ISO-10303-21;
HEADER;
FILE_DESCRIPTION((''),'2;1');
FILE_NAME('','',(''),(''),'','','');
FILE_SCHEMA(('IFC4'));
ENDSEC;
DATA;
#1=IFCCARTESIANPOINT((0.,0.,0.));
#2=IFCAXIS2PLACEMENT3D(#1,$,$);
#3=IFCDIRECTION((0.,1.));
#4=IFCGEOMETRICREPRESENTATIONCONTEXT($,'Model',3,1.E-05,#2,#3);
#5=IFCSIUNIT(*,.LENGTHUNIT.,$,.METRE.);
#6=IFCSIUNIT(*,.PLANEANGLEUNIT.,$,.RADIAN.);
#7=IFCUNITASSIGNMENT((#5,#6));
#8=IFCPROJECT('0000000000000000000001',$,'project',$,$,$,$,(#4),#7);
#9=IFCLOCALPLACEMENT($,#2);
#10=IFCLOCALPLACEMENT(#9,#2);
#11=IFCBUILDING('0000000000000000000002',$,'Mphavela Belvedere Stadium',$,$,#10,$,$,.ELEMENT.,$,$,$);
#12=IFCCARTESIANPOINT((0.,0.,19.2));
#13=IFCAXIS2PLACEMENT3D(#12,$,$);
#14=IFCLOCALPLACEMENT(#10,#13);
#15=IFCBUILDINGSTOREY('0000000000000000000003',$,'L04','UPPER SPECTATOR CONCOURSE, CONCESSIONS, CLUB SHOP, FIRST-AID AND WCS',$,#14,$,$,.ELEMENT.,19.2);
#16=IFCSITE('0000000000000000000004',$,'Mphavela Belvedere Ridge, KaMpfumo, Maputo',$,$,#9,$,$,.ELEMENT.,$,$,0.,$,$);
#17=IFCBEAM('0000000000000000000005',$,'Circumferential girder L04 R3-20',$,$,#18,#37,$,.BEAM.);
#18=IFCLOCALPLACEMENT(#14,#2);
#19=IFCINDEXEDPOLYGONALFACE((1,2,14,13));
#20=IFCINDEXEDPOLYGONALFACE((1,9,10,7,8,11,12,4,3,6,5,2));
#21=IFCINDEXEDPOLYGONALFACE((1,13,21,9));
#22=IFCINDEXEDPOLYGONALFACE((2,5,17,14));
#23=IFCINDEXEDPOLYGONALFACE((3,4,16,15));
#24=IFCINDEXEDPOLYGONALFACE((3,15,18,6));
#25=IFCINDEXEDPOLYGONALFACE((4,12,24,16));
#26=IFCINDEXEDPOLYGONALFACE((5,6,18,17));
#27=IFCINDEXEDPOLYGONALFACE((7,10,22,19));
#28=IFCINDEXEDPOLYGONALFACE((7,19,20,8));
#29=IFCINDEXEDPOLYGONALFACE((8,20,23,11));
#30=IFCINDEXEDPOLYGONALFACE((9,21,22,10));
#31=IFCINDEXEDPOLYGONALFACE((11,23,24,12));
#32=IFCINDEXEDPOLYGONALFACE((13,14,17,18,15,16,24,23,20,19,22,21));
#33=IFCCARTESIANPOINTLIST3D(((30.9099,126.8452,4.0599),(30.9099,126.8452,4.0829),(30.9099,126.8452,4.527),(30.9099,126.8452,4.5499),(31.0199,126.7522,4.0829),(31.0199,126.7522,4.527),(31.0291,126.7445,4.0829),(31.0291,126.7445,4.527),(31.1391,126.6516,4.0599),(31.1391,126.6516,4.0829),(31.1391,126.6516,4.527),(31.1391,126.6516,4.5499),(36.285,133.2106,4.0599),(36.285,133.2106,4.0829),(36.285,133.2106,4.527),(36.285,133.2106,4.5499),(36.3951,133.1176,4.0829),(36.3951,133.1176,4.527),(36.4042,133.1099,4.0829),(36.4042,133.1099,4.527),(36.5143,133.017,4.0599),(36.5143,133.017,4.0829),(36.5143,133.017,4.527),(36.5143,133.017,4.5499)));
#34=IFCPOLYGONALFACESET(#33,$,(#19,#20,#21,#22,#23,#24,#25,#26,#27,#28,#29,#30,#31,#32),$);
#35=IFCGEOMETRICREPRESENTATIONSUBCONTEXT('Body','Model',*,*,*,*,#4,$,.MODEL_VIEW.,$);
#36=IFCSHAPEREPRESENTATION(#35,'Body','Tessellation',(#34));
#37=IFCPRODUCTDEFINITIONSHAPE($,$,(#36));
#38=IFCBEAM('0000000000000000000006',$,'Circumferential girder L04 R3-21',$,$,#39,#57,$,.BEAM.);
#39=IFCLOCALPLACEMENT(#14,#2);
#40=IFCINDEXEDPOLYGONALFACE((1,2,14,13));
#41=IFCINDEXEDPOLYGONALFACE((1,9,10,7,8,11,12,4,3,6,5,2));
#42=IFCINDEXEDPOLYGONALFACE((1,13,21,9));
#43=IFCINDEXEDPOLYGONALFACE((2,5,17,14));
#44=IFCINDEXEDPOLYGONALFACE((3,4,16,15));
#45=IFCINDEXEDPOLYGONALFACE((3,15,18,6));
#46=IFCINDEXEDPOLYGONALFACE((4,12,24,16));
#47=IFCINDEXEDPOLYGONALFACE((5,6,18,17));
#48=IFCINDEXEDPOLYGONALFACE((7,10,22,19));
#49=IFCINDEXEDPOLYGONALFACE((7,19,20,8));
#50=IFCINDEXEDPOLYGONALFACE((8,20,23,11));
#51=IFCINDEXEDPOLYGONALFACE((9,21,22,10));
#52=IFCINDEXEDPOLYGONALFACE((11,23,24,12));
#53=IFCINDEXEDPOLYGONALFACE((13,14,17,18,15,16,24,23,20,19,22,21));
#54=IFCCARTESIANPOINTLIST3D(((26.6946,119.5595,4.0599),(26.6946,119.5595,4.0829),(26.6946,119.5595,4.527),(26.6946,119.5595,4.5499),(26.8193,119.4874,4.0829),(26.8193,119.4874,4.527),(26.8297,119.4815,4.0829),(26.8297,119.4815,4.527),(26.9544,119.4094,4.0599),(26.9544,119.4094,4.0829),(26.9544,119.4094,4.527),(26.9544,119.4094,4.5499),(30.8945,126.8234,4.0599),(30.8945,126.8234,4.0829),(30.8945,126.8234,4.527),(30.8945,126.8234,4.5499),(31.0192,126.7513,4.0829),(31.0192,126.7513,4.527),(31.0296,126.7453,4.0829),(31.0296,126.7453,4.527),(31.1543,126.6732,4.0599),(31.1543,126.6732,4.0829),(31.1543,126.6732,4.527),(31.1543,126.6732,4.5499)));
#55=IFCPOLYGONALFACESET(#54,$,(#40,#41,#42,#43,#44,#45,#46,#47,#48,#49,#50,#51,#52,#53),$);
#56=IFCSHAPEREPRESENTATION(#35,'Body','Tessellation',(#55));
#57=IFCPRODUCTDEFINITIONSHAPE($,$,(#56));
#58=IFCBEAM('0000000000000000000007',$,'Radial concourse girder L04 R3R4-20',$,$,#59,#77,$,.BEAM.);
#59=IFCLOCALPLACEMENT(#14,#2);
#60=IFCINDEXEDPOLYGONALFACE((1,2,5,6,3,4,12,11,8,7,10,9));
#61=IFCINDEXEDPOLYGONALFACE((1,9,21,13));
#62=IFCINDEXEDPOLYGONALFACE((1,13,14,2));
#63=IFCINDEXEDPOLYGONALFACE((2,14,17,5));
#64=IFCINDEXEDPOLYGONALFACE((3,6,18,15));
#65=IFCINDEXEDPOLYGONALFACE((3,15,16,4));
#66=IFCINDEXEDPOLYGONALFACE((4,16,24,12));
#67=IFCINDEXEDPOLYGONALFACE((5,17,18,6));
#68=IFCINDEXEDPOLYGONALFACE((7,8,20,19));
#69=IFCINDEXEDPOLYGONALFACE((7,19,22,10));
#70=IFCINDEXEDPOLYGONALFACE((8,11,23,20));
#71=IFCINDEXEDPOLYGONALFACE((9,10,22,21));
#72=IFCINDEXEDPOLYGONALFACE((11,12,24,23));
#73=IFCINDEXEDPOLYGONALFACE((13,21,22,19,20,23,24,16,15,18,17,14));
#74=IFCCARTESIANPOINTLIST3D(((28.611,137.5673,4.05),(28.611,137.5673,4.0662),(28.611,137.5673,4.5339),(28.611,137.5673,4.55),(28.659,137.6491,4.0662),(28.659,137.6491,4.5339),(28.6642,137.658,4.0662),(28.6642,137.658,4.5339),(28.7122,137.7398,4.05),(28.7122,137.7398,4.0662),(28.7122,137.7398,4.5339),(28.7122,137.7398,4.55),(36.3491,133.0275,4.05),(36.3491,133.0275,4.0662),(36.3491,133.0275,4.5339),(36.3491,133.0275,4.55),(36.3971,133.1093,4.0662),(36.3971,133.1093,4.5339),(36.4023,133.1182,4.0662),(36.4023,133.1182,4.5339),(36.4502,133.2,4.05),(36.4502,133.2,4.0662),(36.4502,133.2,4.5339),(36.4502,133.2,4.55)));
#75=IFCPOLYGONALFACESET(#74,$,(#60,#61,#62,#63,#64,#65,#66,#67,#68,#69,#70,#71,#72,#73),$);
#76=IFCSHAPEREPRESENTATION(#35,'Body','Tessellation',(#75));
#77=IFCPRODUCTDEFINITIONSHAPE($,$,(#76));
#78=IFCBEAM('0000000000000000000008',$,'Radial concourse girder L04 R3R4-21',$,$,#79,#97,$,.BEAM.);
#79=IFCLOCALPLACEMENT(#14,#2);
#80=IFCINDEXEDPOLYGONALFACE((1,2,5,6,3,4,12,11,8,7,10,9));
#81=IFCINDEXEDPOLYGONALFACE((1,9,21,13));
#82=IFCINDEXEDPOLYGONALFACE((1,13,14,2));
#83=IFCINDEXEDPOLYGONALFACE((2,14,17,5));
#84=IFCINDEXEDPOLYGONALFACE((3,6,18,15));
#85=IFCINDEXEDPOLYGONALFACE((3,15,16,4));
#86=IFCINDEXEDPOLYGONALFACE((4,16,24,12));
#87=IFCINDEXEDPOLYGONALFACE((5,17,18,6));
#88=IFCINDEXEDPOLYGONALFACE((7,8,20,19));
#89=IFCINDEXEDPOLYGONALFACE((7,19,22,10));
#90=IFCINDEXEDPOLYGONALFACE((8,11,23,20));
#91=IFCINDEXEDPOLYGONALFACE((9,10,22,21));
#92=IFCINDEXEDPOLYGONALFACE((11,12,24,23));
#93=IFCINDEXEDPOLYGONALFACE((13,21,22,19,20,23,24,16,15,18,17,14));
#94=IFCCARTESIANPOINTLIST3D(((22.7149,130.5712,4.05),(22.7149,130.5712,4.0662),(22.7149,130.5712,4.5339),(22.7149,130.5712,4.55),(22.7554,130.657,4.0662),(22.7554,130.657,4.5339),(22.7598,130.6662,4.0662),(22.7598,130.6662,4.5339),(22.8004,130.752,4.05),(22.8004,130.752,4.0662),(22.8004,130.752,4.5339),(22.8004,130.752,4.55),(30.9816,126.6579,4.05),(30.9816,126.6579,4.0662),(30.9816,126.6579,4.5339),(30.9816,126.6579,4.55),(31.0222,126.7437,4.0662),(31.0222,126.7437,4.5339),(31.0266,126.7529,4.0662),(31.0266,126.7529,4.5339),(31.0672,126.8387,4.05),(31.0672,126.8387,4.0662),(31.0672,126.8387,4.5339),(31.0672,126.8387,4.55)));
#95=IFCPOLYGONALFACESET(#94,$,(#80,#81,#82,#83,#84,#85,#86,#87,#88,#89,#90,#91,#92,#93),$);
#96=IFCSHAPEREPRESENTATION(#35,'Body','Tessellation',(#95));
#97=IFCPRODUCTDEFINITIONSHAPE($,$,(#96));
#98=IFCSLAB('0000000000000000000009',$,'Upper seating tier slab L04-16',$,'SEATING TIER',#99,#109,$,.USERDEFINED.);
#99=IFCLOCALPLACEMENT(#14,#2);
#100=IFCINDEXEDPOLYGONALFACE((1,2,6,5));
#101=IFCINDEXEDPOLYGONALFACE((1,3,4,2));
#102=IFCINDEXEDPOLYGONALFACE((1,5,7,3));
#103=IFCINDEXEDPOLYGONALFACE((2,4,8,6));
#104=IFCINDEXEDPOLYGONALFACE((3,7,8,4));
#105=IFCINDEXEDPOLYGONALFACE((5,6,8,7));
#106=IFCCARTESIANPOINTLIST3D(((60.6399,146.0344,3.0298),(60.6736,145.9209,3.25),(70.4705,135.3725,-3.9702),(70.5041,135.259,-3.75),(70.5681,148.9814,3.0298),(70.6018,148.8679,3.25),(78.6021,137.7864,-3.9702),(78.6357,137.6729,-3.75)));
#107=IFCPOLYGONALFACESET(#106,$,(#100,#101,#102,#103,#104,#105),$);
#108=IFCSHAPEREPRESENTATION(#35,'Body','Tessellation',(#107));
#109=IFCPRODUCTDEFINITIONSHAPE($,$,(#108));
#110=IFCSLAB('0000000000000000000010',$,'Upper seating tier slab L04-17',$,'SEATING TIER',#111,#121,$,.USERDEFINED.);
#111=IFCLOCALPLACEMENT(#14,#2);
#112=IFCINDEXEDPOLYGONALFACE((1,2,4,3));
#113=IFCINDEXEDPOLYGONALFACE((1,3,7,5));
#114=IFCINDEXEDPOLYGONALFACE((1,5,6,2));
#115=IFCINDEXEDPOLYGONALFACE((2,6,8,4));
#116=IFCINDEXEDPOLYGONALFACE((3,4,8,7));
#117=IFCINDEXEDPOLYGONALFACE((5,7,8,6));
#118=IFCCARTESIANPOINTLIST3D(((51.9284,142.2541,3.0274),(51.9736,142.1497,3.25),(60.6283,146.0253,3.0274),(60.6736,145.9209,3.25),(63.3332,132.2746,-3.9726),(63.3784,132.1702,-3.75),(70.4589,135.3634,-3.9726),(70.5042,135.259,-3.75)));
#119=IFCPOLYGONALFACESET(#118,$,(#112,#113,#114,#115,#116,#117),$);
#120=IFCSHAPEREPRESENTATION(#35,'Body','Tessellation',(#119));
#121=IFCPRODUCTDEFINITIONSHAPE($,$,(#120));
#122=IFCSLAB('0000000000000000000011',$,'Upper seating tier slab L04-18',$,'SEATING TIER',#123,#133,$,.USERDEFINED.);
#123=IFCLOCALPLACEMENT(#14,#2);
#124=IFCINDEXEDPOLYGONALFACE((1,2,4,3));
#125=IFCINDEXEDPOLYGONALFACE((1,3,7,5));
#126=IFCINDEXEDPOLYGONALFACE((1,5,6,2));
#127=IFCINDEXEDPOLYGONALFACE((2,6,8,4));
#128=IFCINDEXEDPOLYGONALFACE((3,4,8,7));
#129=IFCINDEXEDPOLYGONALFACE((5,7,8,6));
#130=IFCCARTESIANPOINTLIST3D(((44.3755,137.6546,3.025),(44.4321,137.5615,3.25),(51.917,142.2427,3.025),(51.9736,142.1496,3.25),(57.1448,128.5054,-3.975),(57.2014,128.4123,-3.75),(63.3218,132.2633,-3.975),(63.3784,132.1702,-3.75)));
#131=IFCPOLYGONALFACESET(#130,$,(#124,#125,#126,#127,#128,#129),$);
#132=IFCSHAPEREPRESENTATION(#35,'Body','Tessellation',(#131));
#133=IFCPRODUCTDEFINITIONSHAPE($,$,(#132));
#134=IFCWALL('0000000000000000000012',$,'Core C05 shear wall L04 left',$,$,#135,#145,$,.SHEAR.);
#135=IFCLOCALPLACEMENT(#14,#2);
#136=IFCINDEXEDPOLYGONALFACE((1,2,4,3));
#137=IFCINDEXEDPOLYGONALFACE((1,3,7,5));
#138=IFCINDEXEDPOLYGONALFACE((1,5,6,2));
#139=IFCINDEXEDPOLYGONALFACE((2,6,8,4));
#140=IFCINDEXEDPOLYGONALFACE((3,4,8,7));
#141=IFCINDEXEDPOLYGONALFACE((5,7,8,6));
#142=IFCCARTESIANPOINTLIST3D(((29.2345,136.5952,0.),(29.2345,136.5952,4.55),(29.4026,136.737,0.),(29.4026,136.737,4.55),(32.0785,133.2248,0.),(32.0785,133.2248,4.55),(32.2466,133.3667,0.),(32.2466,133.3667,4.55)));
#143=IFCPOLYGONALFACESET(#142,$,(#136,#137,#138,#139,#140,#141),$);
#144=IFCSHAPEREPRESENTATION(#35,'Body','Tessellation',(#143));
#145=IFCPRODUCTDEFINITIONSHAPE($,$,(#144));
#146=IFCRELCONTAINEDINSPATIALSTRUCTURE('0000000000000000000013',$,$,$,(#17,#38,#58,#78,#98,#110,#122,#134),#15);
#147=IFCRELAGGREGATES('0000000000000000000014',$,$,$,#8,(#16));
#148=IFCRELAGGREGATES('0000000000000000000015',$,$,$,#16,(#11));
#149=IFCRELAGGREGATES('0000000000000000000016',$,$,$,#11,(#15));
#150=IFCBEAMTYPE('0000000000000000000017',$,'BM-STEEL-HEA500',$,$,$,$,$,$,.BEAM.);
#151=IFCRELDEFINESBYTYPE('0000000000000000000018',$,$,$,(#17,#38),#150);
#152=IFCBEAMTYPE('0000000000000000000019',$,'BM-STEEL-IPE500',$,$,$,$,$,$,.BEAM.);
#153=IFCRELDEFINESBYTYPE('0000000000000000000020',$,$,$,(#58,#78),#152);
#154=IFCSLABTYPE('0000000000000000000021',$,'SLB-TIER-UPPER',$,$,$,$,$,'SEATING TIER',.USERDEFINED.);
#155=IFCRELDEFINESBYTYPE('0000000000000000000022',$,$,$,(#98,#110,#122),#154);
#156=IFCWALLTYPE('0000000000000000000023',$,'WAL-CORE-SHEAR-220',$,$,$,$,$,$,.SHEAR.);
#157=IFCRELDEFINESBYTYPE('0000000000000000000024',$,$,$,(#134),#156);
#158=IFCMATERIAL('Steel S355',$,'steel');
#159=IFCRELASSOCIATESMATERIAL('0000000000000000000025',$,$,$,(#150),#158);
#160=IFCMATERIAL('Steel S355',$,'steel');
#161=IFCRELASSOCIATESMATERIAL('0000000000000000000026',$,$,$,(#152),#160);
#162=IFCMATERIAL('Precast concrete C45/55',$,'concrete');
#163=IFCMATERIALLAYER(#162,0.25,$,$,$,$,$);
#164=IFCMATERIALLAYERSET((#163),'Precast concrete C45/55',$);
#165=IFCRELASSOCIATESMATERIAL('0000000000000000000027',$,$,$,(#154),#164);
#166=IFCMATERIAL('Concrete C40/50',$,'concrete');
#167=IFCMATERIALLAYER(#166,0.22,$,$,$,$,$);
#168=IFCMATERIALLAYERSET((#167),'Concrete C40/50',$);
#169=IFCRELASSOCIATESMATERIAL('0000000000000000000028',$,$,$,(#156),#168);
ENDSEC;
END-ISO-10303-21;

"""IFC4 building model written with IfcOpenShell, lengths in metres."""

from ifc_helpers import new_model, si_unit, direction, frame, frame_2d, origin, origin_2d, place, context, subcontext, project, spatial, polyline, rectangle, i_section, outline, extrude, material, layer, layer_set, material_profile, profile_set, type_object, element, save


model = new_model("IFC4")

# Units and contexts
model_context = context("Model", 3, precision=1e-05, world=origin(), true_north=direction((0.0, 1.0)))
body_context = subcontext(model_context, "Body", "Model", "MODEL_VIEW")
ifc_project = project(units=[si_unit("LENGTHUNIT", "METRE"), si_unit("PLANEANGLEUNIT", "RADIAN")], contexts=[model_context])

# Site, building, storey
site_placement = place(None, origin())
site = spatial("IfcSite", under=ifc_project, at=site_placement, Name="Mphavela Belvedere Ridge, KaMpfumo, Maputo", CompositionType="ELEMENT", RefElevation=0.0)
building_placement = place(site_placement, origin())
building = spatial("IfcBuilding", under=site, at=building_placement, Name="Mphavela Belvedere Stadium", CompositionType="ELEMENT")
storey_placement = place(building_placement, frame((0.0, 0.0, 19.2)))
storey = spatial("IfcBuildingStorey", under=building, at=storey_placement, Name="L04", Description="UPPER SPECTATOR CONCOURSE, CONCESSIONS, CLUB SHOP, FIRST-AID AND WCS", CompositionType="ELEMENT", Elevation=19.2)

# Beams
ifc_material_1 = material(Name="Steel S355", Category="steel")
ifc_material_profile_1 = material_profile(ifc_material_1, i_section(OverallWidth=0.3, OverallDepth=0.49, WebThickness=0.012, FlangeThickness=0.0229, at=origin_2d()), Name="HEA 500")
ifc_profile_set_1 = profile_set([ifc_material_profile_1], Name="Steel S355")
beam_type_1 = type_object("IfcBeamType", Name="BM-STEEL-HEA500", PredefinedType="BEAM", material=ifc_profile_set_1)
beam_1_placement = place(storey_placement, frame((36.3997, 133.1138, 4.3049), z_axis=(-0.645177, -0.764033, 0.0), x_axis=(0.764033, -0.645177, 0.0)))
element("IfcBeam", 1, at=beam_1_placement, inside=storey, type_object=beam_type_1, Name="Circumferential girder L04 R3-20", PredefinedType="BEAM", context=body_context, shape_type="SweptSolid", body=[
    extrude(i_section(OverallWidth=0.3, OverallDepth=0.49, WebThickness=0.012, FlangeThickness=0.0229, at=origin_2d()), origin(), (0.0, 0.0, 1.0), 8.3313),
])
beam_2_placement = place(storey_placement, frame((31.0244, 126.7483, 4.3049), z_axis=(-0.500548, -0.865709, 0.0), x_axis=(0.865709, -0.500548, 0.0)))
element("IfcBeam", 2, at=beam_2_placement, inside=storey, type_object=beam_type_1, Name="Circumferential girder L04 R3-21", PredefinedType="BEAM", context=body_context, shape_type="SweptSolid", body=[
    extrude(i_section(OverallWidth=0.3, OverallDepth=0.49, WebThickness=0.012, FlangeThickness=0.0229, at=origin_2d()), origin(), (0.0, 0.0, 1.0), 8.3906),
])
ifc_material_2 = material(Name="Steel S355", Category="steel")
ifc_material_profile_2 = material_profile(ifc_material_2, i_section(OverallWidth=0.2, OverallDepth=0.5, WebThickness=0.0103, FlangeThickness=0.0161, at=origin_2d()), Name="IPE 500")
ifc_profile_set_2 = profile_set([ifc_material_profile_2], Name="Steel S355")
beam_type_2 = type_object("IfcBeamType", Name="BM-STEEL-IPE500", PredefinedType="BEAM", material=ifc_profile_set_2)
beam_3_placement = place(storey_placement, frame((36.3997, 133.1138, 4.3), z_axis=(-0.862518, 0.506027, 0.0), x_axis=(-0.506027, -0.862518, 0.0)))
element("IfcBeam", 3, at=beam_3_placement, inside=storey, type_object=beam_type_2, Name="Radial concourse girder L04 R3R4-20", PredefinedType="BEAM", context=body_context, shape_type="SweptSolid", body=[
    extrude(i_section(OverallWidth=0.2, OverallDepth=0.5, WebThickness=0.0103, FlangeThickness=0.0161, at=origin_2d()), origin(), (0.0, 0.0, 1.0), 8.9714),
])
beam_4_placement = place(storey_placement, frame((31.0244, 126.7483, 4.3), z_axis=(-0.903845, 0.427859, 0.0), x_axis=(-0.427859, -0.903845, 0.0)))
element("IfcBeam", 4, at=beam_4_placement, inside=storey, type_object=beam_type_2, Name="Radial concourse girder L04 R3R4-21", PredefinedType="BEAM", context=body_context, shape_type="SweptSolid", body=[
    extrude(i_section(OverallWidth=0.2, OverallDepth=0.5, WebThickness=0.0103, FlangeThickness=0.0161, at=origin_2d()), origin(), (0.0, 0.0, 1.0), 9.1462),
])

# Slabs
ifc_material_3 = material(Name="Precast concrete C45/55", Category="concrete")
ifc_layer_1 = layer(ifc_material_3, 0.25)
ifc_layer_set_1 = layer_set([ifc_layer_1], Name="Precast concrete C45/55")
slab_type = type_object("IfcSlabType", Name="SLB-TIER-UPPER", ElementType="SEATING TIER", PredefinedType="USERDEFINED", material=ifc_layer_set_1)
slab_1_placement = place(storey_placement, frame((78.6357, 137.6729, -3.75), z_axis=(0.134764, -0.453999, 0.880752), x_axis=(-0.958655, -0.28457, -0.000002)))
element("IfcSlab", 5, at=slab_1_placement, inside=storey, type_object=slab_type, Name="Upper seating tier slab L04-16", ObjectType="SEATING TIER", PredefinedType="USERDEFINED", context=body_context, shape_type="SweptSolid", body=[
    extrude(outline(polyline([(0.0, 0.0), (8.4823, 0.0), (14.8724, -14.7812), (4.516, -14.7811), (0.0, 0.0)])), origin(), (0.0, 0.0, -1.0), 0.25),
])
slab_2_placement = place(storey_placement, frame((70.5042, 135.259, -3.75), z_axis=(0.181044, -0.417652, 0.890388), x_axis=(-0.917506, -0.397721, 0.0)))
element("IfcSlab", 6, at=slab_2_placement, inside=storey, type_object=slab_type, Name="Upper seating tier slab L04-17", ObjectType="SEATING TIER", PredefinedType="USERDEFINED", context=body_context, shape_type="SweptSolid", body=[
    extrude(outline(polyline([(0.0, 0.0), (7.7664, 0.0), (14.2613, -15.3778), (4.7792, -15.3777), (0.0, 0.0)])), origin(), (0.0, 0.0, -1.0), 0.25),
])
slab_3_placement = place(storey_placement, frame((63.3784, 132.1702, -3.75), z_axis=(0.226552, -0.37239, 0.9), x_axis=(-0.854326, -0.519737, 0.000005)))
element("IfcSlab", 7, at=slab_3_placement, inside=storey, type_object=slab_type, Name="Upper seating tier slab L04-18", ObjectType="SEATING TIER", PredefinedType="USERDEFINED", context=body_context, shape_type="SweptSolid", body=[
    extrude(outline(polyline([(0.0, 0.0), (7.2302, 0.0), (13.3843, -16.059), (4.5567, -16.0591), (0.0, 0.0)])), origin(), (0.0, 0.0, -1.0), 0.25),
])

# Wall
ifc_material_4 = material(Name="Concrete C40/50", Category="concrete")
ifc_layer_2 = layer(ifc_material_4, 0.22)
ifc_layer_set_2 = layer_set([ifc_layer_2], Name="Concrete C40/50")
wall_type_1 = type_object("IfcWallType", Name="WAL-CORE-SHEAR-220", PredefinedType="SHEAR", material=ifc_layer_set_2)
wall_1_placement = place(storey_placement, frame((32.1626, 133.2957, 0.0), z_axis=(0.0, 0.0, 1.0), x_axis=(-0.644904, 0.764263, 0.0)))
element("IfcWall", 8, at=wall_1_placement, inside=storey, type_object=wall_type_1, Name="Core C05 shear wall L04 left", PredefinedType="SHEAR", context=body_context, shape_type="SweptSolid", body=[
    extrude(rectangle(XDim=4.4099, YDim=0.22, at=frame_2d((2.2051, 0.0))), origin(), (0.0, 0.0, 1.0), 4.55),
])

save(model, "model.ifc")
